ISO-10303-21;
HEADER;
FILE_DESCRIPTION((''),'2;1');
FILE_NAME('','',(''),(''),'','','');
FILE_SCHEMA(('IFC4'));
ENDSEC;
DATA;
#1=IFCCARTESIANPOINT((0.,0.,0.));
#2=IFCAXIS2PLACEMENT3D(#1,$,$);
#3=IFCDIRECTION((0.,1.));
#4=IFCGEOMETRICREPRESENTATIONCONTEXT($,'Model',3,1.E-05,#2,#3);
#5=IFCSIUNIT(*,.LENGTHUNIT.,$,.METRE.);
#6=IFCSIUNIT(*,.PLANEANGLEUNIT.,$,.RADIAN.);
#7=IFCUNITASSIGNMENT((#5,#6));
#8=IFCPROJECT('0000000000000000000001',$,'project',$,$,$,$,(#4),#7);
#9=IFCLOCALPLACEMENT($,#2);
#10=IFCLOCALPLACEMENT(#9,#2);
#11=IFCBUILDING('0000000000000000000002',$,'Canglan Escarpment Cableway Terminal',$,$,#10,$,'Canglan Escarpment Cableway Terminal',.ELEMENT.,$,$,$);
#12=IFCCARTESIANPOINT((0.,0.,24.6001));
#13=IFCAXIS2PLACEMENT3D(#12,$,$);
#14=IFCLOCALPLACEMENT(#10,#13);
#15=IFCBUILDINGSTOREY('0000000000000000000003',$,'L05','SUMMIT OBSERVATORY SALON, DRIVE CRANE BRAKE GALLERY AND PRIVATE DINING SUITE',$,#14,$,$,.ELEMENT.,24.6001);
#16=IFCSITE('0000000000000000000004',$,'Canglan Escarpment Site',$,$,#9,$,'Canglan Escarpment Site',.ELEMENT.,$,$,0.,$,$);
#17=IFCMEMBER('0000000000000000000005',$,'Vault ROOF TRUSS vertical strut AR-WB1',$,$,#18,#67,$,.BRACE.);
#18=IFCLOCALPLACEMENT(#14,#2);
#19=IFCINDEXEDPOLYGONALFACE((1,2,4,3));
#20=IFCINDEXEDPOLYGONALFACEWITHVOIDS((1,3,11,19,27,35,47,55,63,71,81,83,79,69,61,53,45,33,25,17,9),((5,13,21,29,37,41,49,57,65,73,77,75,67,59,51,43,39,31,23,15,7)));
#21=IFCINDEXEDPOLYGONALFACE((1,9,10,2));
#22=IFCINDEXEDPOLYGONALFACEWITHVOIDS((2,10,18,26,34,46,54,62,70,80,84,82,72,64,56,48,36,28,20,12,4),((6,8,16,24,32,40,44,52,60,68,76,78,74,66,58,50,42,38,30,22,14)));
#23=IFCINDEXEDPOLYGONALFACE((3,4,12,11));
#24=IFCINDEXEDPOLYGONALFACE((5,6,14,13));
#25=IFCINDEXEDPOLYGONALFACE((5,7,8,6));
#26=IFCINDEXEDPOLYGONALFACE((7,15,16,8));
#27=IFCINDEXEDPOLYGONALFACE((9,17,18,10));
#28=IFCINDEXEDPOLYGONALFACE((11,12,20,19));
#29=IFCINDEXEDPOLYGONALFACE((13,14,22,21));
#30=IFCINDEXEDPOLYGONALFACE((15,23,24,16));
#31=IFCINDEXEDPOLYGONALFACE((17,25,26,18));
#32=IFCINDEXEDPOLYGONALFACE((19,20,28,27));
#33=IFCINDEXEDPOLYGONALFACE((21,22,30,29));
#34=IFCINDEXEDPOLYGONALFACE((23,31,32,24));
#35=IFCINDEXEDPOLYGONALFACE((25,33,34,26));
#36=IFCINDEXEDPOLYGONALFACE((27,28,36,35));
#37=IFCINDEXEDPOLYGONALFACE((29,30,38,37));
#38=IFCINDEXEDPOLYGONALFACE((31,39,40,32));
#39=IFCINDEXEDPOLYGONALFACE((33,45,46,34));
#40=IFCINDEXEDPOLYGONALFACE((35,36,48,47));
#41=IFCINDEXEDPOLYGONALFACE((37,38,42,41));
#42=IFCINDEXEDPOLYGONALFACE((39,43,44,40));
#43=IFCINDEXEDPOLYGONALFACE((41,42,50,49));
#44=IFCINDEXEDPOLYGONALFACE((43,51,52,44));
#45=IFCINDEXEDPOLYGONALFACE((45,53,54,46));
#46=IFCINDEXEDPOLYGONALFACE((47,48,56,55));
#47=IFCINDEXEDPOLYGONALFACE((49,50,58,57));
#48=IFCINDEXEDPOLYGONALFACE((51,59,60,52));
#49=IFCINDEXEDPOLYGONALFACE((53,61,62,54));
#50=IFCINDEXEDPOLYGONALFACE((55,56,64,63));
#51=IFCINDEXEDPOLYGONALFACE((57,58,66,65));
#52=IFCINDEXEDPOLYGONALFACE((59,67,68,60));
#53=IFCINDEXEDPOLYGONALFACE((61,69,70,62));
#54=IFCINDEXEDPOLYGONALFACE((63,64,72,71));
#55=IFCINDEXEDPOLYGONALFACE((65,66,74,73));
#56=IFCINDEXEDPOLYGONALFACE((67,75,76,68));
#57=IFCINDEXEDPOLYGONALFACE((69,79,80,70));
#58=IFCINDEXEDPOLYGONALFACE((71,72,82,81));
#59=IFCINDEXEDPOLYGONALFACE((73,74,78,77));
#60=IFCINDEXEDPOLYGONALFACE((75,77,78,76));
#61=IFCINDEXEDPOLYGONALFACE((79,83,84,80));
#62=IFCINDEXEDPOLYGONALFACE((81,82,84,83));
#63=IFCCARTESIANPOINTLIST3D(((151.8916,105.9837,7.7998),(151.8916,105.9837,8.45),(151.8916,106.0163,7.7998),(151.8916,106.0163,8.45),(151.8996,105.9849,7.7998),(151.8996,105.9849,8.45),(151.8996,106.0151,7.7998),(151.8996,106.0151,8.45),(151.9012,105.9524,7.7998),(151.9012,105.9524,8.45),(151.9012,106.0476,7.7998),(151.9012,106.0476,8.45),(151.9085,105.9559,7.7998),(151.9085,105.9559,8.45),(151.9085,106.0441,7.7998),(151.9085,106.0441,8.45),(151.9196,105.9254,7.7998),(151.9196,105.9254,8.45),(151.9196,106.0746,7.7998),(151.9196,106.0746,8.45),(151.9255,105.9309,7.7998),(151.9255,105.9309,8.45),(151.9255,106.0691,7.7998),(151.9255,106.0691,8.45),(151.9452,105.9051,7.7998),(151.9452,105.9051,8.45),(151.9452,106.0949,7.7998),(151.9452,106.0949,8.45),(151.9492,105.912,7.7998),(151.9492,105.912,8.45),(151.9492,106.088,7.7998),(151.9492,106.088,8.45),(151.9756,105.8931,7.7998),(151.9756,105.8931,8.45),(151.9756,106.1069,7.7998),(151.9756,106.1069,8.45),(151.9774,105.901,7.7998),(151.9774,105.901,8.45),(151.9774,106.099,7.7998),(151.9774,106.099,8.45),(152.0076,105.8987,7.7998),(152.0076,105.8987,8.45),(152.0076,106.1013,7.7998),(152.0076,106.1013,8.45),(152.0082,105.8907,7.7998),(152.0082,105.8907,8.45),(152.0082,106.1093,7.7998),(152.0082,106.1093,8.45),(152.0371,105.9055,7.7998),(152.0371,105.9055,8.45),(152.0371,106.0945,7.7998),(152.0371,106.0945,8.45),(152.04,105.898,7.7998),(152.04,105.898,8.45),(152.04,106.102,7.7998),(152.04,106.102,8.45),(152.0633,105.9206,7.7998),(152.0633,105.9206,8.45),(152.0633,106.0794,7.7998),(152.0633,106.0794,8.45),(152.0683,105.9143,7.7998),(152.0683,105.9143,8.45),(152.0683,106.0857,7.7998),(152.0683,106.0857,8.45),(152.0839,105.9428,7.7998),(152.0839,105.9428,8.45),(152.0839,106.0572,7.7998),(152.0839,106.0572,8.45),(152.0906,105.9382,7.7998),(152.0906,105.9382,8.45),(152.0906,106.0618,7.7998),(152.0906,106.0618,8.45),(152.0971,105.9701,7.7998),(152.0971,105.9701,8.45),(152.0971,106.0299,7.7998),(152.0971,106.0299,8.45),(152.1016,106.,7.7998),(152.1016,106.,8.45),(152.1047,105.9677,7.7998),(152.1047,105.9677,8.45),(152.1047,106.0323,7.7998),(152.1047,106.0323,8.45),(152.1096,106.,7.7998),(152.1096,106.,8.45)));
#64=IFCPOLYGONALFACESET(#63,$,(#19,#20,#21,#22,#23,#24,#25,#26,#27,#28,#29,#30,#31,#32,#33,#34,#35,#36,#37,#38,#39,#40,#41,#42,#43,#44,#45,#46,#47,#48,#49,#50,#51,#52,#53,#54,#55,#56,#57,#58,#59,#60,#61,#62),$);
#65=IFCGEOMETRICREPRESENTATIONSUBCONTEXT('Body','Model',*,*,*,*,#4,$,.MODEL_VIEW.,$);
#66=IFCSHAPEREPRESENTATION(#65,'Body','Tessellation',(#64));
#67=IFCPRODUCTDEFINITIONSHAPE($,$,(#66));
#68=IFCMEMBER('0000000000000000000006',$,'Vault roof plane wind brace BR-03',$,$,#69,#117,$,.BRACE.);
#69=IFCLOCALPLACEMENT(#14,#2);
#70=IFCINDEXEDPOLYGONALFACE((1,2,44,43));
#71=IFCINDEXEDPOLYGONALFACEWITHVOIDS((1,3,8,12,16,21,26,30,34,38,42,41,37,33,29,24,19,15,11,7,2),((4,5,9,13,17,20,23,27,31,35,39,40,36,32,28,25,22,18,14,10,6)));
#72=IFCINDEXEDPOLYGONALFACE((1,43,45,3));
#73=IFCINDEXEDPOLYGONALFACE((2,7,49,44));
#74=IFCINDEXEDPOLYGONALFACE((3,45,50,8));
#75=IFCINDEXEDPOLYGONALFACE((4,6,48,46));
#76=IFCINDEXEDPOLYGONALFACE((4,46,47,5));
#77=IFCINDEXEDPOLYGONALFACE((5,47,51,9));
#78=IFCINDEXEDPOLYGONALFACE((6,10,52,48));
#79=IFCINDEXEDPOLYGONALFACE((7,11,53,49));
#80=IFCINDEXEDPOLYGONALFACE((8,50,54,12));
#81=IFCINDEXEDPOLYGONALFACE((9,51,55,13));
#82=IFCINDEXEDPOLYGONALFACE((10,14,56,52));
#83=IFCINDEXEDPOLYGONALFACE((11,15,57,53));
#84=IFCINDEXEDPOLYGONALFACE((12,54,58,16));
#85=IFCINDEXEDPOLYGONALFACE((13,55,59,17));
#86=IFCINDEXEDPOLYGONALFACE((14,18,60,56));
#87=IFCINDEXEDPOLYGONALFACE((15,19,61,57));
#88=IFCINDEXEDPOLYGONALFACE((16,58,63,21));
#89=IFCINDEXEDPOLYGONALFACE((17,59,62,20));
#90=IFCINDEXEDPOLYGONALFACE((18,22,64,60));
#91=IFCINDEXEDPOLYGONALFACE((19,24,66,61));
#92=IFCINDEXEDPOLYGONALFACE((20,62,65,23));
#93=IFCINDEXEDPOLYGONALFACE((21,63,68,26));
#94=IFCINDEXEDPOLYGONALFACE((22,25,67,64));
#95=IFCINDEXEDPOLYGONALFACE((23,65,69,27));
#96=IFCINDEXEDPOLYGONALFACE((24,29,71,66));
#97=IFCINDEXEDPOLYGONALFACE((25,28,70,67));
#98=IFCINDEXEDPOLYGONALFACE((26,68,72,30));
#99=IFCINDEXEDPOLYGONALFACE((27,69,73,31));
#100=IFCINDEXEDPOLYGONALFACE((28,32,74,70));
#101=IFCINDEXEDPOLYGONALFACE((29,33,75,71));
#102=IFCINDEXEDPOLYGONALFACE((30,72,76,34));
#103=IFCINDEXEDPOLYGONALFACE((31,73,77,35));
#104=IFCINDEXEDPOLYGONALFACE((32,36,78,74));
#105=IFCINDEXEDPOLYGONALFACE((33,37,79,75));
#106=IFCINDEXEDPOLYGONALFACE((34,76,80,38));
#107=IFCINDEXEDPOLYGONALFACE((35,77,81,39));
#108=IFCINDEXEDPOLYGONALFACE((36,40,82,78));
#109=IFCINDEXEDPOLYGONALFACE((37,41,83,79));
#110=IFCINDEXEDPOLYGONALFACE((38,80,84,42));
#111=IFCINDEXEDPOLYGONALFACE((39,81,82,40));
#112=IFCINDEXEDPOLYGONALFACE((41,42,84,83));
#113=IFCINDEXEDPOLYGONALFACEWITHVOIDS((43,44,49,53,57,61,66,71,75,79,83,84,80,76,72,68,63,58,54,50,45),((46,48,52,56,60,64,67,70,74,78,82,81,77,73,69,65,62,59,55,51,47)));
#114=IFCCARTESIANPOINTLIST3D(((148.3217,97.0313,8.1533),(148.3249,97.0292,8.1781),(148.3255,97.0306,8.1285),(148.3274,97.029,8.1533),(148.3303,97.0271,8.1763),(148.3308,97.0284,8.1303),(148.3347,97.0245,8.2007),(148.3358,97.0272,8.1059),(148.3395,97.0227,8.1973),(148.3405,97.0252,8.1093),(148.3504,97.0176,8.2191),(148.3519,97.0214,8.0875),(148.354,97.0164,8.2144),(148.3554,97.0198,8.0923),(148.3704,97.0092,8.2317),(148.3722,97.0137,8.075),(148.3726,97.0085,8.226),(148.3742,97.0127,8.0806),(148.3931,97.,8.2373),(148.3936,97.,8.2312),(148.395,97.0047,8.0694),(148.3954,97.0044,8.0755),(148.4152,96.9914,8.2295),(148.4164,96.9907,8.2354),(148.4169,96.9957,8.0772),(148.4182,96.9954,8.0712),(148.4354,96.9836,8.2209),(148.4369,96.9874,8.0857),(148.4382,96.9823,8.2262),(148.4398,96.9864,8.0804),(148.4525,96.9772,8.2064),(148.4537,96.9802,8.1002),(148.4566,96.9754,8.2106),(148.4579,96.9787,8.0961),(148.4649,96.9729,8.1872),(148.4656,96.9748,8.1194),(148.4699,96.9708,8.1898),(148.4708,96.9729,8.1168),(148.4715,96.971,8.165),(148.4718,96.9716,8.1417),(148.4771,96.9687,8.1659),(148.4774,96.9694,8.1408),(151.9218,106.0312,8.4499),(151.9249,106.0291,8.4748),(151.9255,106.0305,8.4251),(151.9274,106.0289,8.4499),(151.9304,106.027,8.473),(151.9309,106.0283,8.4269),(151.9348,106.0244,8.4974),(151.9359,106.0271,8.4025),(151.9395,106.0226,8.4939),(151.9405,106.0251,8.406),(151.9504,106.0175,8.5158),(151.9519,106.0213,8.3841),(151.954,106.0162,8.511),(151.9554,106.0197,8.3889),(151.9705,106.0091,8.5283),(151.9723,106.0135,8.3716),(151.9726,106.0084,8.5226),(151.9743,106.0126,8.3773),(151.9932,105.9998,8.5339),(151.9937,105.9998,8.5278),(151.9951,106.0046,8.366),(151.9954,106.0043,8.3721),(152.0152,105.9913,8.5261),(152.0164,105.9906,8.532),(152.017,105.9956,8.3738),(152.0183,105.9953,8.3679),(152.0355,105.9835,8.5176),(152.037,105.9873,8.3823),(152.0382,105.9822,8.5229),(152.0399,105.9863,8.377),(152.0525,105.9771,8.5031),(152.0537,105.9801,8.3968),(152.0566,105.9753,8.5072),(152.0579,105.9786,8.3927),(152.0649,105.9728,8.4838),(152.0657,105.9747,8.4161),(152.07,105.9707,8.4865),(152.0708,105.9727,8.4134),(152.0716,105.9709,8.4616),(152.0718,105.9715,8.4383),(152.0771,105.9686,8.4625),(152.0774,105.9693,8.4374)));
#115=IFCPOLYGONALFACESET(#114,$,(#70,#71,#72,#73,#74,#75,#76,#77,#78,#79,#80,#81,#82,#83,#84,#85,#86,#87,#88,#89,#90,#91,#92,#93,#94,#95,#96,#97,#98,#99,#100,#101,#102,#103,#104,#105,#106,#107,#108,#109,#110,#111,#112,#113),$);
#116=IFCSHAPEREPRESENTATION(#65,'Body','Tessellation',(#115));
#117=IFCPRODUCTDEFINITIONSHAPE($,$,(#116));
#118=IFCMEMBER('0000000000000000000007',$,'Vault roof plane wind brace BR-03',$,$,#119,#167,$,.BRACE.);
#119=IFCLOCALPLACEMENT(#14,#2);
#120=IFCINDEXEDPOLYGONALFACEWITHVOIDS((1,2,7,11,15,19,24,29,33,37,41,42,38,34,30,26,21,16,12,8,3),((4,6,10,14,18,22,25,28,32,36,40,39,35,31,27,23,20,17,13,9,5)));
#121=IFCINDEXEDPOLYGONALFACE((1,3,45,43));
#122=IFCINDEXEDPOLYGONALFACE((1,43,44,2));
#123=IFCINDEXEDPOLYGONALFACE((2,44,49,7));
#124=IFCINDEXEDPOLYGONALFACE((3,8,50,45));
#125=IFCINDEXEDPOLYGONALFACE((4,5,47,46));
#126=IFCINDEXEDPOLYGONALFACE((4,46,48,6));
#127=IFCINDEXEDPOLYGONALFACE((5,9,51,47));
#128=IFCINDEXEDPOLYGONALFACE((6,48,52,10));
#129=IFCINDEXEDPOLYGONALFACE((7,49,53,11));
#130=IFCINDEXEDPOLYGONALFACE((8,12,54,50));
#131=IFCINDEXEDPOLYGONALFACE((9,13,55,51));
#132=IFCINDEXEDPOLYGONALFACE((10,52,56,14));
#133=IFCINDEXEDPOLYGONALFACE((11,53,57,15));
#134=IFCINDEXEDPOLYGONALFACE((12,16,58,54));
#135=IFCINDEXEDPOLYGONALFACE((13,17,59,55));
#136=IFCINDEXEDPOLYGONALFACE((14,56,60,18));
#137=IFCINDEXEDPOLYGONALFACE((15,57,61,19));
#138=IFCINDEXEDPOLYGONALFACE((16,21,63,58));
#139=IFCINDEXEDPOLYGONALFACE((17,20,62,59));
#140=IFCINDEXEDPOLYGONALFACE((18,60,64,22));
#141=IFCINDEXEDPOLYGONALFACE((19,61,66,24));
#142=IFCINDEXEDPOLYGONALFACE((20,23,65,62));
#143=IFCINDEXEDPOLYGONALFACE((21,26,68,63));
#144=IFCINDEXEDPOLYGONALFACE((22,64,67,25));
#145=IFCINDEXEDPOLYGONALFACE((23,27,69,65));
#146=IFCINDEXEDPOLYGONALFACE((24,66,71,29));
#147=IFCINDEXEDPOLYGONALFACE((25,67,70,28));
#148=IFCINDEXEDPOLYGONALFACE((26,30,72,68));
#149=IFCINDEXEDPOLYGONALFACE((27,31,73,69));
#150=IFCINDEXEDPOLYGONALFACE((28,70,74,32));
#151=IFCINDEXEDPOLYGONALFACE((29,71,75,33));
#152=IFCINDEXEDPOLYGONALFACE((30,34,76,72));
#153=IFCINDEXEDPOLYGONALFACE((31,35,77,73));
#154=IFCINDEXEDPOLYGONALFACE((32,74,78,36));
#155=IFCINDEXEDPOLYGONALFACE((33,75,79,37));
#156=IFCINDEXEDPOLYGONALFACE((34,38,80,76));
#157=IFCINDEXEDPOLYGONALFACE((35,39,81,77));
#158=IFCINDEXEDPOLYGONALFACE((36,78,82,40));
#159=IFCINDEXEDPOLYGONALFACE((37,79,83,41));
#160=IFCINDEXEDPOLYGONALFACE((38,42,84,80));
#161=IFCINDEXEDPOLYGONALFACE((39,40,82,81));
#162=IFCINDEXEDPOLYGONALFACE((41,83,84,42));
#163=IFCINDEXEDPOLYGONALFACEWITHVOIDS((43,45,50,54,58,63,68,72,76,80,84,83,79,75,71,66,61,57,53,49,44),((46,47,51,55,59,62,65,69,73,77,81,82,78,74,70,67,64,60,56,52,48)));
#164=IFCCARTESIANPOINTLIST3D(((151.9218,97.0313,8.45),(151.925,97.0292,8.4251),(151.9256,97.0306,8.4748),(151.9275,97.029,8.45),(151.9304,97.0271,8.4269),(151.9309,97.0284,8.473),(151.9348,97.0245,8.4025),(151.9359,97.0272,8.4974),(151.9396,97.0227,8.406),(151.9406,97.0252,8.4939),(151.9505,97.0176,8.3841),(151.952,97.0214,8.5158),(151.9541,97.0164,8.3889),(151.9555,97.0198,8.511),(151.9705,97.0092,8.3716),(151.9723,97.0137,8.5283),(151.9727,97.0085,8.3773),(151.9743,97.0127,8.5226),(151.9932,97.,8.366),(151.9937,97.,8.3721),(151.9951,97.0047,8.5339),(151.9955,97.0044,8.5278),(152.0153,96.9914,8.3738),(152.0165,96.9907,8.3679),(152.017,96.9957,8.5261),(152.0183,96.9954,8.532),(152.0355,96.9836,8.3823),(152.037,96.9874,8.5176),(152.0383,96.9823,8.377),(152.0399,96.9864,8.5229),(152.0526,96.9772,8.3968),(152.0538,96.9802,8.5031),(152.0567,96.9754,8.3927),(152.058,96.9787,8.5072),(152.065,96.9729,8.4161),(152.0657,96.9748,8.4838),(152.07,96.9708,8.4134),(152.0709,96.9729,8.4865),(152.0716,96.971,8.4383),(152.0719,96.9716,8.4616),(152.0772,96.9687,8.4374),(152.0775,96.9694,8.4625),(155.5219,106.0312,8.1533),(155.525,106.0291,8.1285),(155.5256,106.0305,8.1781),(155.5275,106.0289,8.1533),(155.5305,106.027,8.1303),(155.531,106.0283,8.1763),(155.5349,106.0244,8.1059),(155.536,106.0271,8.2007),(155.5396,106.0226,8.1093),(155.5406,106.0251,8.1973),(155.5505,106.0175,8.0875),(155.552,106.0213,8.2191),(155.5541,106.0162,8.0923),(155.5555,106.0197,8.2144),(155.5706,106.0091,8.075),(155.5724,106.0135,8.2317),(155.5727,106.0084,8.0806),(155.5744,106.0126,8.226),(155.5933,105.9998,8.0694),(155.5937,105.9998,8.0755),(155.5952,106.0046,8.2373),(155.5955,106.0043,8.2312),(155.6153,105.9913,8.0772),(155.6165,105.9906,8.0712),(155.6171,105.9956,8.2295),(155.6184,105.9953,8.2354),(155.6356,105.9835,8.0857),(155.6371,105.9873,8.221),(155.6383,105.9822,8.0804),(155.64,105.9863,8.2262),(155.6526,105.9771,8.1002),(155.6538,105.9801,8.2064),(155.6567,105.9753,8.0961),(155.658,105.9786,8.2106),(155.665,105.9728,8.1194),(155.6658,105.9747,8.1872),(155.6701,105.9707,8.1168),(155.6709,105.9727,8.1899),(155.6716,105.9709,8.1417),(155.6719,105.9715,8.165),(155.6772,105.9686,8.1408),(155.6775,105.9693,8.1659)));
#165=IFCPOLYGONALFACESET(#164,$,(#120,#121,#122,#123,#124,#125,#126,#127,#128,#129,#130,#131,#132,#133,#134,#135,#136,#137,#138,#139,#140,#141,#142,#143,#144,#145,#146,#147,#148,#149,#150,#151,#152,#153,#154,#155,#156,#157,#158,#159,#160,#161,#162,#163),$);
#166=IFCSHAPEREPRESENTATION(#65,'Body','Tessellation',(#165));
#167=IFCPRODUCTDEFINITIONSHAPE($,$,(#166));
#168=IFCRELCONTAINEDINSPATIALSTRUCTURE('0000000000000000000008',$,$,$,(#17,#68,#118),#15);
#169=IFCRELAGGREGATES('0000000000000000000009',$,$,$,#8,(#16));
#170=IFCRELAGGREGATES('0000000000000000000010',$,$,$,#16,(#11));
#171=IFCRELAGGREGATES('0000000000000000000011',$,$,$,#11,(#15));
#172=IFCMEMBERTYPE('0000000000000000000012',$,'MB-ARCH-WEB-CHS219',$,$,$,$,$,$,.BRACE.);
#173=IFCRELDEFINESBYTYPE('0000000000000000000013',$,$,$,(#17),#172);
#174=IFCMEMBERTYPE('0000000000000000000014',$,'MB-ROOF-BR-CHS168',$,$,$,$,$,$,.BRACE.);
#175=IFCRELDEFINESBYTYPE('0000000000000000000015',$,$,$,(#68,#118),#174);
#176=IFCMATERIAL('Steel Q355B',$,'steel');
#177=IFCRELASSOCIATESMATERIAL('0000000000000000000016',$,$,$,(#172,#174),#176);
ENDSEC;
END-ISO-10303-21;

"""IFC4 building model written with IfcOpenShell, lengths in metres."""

from ifc_helpers import new_model, si_unit, direction, frame, origin, origin_2d, place, context, subcontext, project, spatial, hollow_circle, extrude, material, material_profile, profile_set, type_object, element, save


model = new_model("IFC4")

# Units and contexts
model_context = context("Model", 3, precision=1e-05, world=origin(), true_north=direction((0.0, 1.0)))
body_context = subcontext(model_context, "Body", "Model", "MODEL_VIEW")
ifc_project = project(units=[si_unit("LENGTHUNIT", "METRE"), si_unit("PLANEANGLEUNIT", "RADIAN")], contexts=[model_context])

# Site, building, storey
site_placement = place(None, origin())
site = spatial("IfcSite", under=ifc_project, at=site_placement, Name="Canglan Escarpment Site", LongName="Canglan Escarpment Site", CompositionType="ELEMENT", RefElevation=0.0)
building_placement = place(site_placement, origin())
building = spatial("IfcBuilding", under=site, at=building_placement, Name="Canglan Escarpment Cableway Terminal", LongName="Canglan Escarpment Cableway Terminal", CompositionType="ELEMENT")
storey_placement = place(building_placement, frame((0.0, 0.0, 24.6001)))
storey = spatial("IfcBuildingStorey", under=building, at=storey_placement, Name="L05", Description="SUMMIT OBSERVATORY SALON, DRIVE CRANE BRAKE GALLERY AND PRIVATE DINING SUITE", CompositionType="ELEMENT", Elevation=24.6001)

# Shared definitions
ifc_material = material(Name="Steel Q355B", Category="steel")

# Members
ifc_material_profile_1 = material_profile(ifc_material, hollow_circle(Radius=0.1096, WallThickness=0.0081, at=origin_2d()), Name="CHS 219.1x8")
ifc_profile_set_1 = profile_set([ifc_material_profile_1], Name="Steel Q355B")
member_type_1 = type_object("IfcMemberType", Name="MB-ARCH-WEB-CHS219", PredefinedType="BRACE", material=ifc_profile_set_1)
member_1_placement = place(storey_placement, frame((152.0, 106.0, 7.7998), z_axis=(0.0, 0.0, 1.0), x_axis=(1.0, 0.0, 0.0)))
element("IfcMember", 1, at=member_1_placement, inside=storey, type_object=member_type_1, Name="Vault ROOF TRUSS vertical strut AR-WB1", PredefinedType="BRACE", context=body_context, shape_type="SweptSolid", body=[
    extrude(hollow_circle(Radius=0.1096, WallThickness=0.0081, at=origin_2d()), origin(), (0.0, 0.0, 1.0), 0.6501),
])
ifc_material_profile_2 = material_profile(ifc_material, hollow_circle(Radius=0.0842, WallThickness=0.0061, at=origin_2d()), Name="CHS 168.3x6")
ifc_profile_set_2 = profile_set([ifc_material_profile_2], Name="Steel Q355B")
member_type_2 = type_object("IfcMemberType", Name="MB-ROOF-BR-CHS168", PredefinedType="BRACE", material=ifc_profile_set_2)
for number, where, z_axis, x_axis, name in (
    (2, (148.3999, 97.0, 8.1533), (0.371226, 0.928039, 0.030587), (-0.928473, 0.371399, 0.0), "Vault roof plane wind brace BR-03"),
    (3, (152.0, 97.0, 8.45), (0.371226, 0.928039, -0.030587), (-0.928473, 0.371399, 0.0), "Vault roof plane wind brace BR-03"),
):
    element("IfcMember", number, at=place(storey_placement, frame(where, z_axis=z_axis, x_axis=x_axis)), inside=storey, type_object=member_type_2, Name=name, PredefinedType="BRACE", context=body_context, shape_type="SweptSolid", body=[
        extrude(hollow_circle(Radius=0.0842, WallThickness=0.0061, at=origin_2d()), origin(), (0.0, 0.0, 1.0), 9.6978),
    ])

save(model, "model.ifc")
